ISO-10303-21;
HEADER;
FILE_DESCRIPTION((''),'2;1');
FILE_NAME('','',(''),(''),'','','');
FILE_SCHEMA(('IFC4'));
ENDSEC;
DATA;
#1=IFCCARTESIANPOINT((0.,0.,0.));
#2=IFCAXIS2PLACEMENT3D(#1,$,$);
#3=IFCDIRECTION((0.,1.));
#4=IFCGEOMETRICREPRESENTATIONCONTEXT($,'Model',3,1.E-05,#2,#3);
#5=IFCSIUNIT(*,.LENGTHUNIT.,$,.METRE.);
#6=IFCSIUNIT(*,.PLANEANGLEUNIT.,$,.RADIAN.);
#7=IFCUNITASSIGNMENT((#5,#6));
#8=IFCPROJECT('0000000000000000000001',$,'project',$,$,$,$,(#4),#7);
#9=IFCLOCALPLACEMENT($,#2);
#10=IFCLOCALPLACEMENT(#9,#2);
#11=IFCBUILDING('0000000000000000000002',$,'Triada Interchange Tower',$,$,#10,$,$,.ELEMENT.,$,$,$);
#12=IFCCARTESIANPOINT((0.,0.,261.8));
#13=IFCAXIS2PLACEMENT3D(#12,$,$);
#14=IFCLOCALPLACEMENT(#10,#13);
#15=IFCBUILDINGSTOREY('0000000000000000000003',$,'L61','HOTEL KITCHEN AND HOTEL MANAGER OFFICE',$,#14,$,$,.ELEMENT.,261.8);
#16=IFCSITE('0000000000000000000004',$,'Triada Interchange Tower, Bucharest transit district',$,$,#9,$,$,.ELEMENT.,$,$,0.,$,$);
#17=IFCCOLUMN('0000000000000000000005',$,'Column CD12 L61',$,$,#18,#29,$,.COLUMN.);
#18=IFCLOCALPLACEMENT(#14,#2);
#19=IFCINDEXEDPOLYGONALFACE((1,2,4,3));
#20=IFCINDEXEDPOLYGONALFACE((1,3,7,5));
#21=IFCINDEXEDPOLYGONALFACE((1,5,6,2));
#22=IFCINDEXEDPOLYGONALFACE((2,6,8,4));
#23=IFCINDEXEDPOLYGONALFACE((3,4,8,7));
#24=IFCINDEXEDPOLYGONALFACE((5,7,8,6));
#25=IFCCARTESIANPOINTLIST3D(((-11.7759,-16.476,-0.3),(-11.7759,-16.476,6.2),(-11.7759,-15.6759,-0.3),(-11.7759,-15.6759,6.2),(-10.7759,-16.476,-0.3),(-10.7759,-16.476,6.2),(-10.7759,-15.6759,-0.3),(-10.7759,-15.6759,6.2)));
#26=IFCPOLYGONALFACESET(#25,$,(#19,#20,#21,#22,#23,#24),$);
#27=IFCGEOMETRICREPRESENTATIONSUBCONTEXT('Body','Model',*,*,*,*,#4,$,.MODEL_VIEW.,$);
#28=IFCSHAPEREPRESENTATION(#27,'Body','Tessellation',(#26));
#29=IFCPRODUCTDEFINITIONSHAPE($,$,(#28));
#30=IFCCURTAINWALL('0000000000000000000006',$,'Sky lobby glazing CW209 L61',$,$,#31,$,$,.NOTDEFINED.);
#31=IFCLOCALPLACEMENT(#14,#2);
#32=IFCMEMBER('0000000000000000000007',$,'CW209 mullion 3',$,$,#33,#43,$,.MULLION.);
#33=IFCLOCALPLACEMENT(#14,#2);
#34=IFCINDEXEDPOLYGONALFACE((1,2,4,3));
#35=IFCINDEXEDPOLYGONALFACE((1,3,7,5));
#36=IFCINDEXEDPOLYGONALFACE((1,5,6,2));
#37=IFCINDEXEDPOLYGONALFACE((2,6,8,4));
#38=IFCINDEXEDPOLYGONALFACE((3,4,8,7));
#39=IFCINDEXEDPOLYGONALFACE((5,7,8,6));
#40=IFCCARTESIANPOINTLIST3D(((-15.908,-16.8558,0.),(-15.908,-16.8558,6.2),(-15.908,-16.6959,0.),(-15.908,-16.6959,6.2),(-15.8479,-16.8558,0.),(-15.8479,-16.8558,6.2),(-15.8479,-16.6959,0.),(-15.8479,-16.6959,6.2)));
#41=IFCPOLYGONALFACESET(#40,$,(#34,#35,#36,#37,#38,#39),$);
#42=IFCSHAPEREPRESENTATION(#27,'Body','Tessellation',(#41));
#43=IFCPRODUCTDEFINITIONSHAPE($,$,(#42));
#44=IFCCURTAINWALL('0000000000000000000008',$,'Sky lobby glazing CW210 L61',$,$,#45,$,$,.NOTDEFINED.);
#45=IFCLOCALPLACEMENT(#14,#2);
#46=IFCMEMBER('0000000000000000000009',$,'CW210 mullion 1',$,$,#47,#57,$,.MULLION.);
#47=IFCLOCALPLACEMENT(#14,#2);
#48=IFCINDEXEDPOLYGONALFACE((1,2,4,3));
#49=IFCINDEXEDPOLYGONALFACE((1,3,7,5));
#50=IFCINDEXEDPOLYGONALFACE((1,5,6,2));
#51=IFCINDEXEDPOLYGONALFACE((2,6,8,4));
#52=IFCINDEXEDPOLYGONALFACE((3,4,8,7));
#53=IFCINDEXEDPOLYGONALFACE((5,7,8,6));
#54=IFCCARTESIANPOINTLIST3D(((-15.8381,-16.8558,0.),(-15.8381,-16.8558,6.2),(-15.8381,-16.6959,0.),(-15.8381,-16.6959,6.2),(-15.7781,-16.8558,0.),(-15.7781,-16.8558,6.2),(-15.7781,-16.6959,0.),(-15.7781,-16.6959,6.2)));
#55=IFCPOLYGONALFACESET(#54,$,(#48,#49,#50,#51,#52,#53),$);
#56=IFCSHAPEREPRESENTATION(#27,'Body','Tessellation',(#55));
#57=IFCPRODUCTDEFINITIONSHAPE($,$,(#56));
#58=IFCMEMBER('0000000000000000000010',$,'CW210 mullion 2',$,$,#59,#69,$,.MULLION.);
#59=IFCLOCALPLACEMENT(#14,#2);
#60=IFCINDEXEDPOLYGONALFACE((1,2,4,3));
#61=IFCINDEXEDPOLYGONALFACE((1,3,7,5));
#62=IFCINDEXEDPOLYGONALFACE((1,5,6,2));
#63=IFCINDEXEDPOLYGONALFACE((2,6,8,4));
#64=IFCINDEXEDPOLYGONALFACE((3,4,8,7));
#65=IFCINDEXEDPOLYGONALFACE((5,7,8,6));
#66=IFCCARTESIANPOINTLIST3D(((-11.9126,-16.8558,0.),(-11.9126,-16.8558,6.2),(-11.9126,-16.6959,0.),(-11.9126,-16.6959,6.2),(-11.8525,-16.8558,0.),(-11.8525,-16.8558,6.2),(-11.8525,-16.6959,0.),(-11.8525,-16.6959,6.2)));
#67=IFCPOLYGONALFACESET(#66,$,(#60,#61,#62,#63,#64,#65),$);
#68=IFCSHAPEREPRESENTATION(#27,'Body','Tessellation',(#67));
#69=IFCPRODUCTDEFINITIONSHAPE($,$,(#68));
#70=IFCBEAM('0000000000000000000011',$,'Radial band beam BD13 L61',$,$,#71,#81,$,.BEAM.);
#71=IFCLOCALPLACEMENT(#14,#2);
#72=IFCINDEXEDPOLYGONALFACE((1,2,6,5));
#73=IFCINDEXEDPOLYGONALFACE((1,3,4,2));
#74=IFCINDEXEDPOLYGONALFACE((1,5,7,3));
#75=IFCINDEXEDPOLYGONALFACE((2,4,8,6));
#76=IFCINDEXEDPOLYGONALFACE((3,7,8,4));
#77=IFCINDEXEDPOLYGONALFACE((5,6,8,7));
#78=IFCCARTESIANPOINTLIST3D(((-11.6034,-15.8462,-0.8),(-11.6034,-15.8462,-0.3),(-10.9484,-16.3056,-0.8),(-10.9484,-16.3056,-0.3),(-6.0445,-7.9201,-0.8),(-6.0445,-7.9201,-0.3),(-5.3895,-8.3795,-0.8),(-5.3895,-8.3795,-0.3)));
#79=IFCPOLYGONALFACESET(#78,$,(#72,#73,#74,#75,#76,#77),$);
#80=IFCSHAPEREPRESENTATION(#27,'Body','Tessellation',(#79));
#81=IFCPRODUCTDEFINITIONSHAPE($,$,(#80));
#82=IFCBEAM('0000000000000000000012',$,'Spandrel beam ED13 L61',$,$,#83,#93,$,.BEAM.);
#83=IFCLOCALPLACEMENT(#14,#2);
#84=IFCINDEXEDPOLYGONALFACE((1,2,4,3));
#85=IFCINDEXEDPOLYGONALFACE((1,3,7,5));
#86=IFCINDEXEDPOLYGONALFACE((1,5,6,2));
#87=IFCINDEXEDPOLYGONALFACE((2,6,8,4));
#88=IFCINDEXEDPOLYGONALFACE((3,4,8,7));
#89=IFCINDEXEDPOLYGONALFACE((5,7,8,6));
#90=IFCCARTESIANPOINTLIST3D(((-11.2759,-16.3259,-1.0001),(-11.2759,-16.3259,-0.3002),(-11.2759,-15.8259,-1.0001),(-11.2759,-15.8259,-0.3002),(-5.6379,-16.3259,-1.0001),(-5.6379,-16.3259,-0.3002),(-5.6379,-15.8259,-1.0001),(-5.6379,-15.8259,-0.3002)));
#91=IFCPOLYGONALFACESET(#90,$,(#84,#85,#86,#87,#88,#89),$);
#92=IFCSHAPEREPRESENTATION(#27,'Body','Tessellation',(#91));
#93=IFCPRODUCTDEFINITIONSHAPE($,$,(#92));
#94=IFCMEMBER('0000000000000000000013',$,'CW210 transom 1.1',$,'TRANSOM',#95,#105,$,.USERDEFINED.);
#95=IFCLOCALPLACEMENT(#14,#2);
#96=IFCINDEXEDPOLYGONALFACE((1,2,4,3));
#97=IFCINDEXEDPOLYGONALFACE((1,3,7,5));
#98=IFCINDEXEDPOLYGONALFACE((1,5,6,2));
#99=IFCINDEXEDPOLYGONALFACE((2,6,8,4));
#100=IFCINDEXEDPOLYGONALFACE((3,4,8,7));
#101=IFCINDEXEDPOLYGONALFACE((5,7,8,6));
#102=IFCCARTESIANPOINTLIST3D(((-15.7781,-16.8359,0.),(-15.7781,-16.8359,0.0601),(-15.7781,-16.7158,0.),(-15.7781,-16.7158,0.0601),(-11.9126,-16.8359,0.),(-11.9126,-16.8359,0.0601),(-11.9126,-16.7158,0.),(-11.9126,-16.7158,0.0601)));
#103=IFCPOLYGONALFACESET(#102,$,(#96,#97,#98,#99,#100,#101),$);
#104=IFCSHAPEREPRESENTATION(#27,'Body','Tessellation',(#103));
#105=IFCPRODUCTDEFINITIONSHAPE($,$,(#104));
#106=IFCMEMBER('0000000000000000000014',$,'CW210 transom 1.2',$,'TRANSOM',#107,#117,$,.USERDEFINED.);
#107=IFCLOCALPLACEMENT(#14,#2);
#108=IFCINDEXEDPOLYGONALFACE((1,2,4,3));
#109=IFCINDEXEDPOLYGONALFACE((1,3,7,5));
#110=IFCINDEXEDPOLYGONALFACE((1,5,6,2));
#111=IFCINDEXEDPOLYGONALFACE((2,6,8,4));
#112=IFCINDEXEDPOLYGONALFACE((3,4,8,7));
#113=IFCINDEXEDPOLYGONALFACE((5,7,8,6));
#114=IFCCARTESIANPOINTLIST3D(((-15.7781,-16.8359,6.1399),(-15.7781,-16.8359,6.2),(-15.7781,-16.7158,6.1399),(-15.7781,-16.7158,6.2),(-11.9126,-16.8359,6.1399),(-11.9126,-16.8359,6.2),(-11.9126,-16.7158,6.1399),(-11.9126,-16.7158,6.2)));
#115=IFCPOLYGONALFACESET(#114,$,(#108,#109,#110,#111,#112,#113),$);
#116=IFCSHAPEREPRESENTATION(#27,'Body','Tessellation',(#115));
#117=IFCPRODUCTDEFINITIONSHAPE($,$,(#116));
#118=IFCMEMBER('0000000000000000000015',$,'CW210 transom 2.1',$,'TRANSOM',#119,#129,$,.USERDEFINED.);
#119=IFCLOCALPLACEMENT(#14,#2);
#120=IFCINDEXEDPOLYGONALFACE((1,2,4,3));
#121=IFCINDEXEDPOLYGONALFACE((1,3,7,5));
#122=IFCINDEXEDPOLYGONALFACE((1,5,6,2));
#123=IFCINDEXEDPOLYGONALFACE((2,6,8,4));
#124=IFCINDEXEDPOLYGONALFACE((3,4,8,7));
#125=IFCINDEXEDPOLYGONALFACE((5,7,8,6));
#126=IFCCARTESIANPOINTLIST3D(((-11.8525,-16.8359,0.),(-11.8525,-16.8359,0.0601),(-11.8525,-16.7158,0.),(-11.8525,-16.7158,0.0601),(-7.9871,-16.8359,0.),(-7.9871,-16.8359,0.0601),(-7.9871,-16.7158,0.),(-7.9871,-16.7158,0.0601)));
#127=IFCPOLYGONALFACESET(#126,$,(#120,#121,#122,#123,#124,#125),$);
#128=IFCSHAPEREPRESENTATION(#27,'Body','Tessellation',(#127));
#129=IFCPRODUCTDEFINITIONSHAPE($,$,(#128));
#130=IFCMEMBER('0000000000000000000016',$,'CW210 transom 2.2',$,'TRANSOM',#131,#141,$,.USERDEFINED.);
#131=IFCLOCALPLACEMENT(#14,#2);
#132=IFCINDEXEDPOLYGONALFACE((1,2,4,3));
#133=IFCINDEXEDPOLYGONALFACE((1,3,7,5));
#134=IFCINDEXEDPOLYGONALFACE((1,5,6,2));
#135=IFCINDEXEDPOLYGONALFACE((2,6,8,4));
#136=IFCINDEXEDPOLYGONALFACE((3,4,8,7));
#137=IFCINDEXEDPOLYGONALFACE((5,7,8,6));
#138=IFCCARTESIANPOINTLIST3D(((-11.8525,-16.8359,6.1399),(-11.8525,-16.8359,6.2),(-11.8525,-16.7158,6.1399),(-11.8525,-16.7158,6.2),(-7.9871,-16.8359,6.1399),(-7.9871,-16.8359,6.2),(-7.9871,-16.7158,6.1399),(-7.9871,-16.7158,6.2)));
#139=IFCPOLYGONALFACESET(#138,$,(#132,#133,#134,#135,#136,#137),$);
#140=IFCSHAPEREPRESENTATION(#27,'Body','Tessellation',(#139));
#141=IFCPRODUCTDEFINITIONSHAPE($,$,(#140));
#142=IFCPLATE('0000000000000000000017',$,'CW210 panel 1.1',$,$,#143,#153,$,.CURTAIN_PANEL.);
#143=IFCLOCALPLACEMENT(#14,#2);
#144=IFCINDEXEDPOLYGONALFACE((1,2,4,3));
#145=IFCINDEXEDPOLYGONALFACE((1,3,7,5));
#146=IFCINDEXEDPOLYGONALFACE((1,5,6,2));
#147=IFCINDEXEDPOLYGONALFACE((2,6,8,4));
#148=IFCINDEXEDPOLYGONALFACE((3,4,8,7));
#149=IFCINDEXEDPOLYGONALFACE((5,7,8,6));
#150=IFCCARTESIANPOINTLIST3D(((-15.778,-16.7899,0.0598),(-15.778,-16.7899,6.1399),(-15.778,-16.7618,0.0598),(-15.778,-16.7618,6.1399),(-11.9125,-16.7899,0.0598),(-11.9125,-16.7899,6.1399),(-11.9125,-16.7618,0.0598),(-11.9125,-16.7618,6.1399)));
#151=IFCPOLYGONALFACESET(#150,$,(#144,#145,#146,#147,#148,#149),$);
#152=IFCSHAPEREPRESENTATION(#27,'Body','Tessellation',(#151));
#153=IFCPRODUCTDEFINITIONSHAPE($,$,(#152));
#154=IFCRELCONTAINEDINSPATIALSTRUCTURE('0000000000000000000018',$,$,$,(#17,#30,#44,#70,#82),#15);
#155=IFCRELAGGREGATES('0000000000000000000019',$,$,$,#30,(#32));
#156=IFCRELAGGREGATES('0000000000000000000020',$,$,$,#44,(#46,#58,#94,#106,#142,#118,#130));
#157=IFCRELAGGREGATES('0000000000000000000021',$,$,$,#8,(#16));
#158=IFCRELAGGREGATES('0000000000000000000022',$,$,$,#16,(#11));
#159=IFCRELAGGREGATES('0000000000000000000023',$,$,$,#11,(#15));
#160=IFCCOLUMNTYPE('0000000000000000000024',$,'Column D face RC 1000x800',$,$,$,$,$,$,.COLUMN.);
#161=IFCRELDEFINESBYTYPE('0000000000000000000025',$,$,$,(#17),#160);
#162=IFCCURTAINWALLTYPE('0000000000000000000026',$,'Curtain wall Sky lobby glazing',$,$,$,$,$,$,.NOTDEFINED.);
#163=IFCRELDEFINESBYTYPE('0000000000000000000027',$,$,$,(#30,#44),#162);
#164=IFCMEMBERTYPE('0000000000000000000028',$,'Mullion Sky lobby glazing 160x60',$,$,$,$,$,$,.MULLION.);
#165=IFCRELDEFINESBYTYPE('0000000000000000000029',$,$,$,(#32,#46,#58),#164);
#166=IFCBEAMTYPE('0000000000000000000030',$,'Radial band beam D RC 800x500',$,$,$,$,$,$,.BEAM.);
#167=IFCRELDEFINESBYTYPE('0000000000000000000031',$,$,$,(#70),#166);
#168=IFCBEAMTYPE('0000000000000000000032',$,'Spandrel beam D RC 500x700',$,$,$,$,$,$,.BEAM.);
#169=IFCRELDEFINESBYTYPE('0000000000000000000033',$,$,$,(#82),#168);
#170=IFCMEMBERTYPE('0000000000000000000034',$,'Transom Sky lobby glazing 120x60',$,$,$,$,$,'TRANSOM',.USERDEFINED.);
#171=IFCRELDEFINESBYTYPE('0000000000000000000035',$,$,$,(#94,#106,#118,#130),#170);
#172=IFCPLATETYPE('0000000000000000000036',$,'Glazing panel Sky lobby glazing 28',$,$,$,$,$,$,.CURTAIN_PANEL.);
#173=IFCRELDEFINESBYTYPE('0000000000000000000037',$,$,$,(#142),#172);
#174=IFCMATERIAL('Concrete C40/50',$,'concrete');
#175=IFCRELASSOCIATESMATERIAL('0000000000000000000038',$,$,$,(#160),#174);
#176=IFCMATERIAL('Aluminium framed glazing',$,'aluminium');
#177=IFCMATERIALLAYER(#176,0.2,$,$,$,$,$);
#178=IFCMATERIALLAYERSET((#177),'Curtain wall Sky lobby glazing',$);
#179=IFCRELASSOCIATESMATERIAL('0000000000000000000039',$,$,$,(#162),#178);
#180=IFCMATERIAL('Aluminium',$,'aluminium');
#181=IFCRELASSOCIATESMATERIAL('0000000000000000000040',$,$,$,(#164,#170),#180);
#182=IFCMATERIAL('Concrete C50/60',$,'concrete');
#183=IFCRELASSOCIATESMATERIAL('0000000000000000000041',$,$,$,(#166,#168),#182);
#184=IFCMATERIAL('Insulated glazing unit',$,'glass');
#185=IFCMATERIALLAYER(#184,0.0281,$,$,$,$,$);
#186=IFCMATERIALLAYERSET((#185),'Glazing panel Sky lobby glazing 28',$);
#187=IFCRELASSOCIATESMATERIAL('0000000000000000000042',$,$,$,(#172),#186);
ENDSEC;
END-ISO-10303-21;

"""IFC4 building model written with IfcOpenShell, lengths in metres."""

from ifc_helpers import new_model, si_unit, direction, frame, origin, origin_2d, place, context, subcontext, project, spatial, rectangle, extrude, material, layer, layer_set, material_profile, profile_set, type_object, element, aggregate, save


model = new_model("IFC4")

# Units and contexts
model_context = context("Model", 3, precision=1e-05, world=origin(), true_north=direction((0.0, 1.0)))
body_context = subcontext(model_context, "Body", "Model", "MODEL_VIEW")
ifc_project = project(units=[si_unit("LENGTHUNIT", "METRE"), si_unit("PLANEANGLEUNIT", "RADIAN")], contexts=[model_context])

# Site, building, storey
site_placement = place(None, origin())
site = spatial("IfcSite", under=ifc_project, at=site_placement, Name="Triada Interchange Tower, Bucharest transit district", CompositionType="ELEMENT", RefElevation=0.0)
building_placement = place(site_placement, origin())
building = spatial("IfcBuilding", under=site, at=building_placement, Name="Triada Interchange Tower", CompositionType="ELEMENT")
storey_placement = place(building_placement, frame((0.0, 0.0, 261.8)))
storey = spatial("IfcBuildingStorey", under=building, at=storey_placement, Name="L61", Description="HOTEL KITCHEN AND HOTEL MANAGER OFFICE", CompositionType="ELEMENT", Elevation=261.8)

# Column
ifc_material_1 = material(Name="Concrete C40/50", Category="concrete")
ifc_material_profile_1 = material_profile(ifc_material_1, rectangle(XDim=1.0, YDim=0.8, at=origin_2d()), Name="RC 1000x800")
ifc_profile_set_1 = profile_set([ifc_material_profile_1], Name="Concrete C40/50")
column_type = type_object("IfcColumnType", Name="Column D face RC 1000x800", PredefinedType="COLUMN", material=ifc_profile_set_1)
column_placement = place(storey_placement, frame((-11.2759, -16.0759, -0.3), z_axis=(0.0, 0.0, 1.0), x_axis=(1.0, 0.0, 0.0)))
element("IfcColumn", 1, at=column_placement, inside=storey, type_object=column_type, Name="Column CD12 L61", PredefinedType="COLUMN", context=body_context, shape_type="SweptSolid", body=[
    extrude(rectangle(XDim=1.0, YDim=0.8, at=origin_2d()), origin(), (0.0, 0.0, 1.0), 6.5),
])

# Curtain wall, member
ifc_material_2 = material(Name="Aluminium framed glazing", Category="aluminium")
ifc_layer_1 = layer(ifc_material_2, 0.2)
ifc_layer_set_1 = layer_set([ifc_layer_1], Name="Curtain wall Sky lobby glazing")
curtain_wall_type = type_object("IfcCurtainWallType", Name="Curtain wall Sky lobby glazing", PredefinedType="NOTDEFINED", material=ifc_layer_set_1)
curtain_wall_1_placement = place(storey_placement, origin())
curtain_wall_1 = element("IfcCurtainWall", 2, at=curtain_wall_1_placement, inside=storey, type_object=curtain_wall_type, Name="Sky lobby glazing CW209 L61", PredefinedType="NOTDEFINED")
ifc_material_3 = material(Name="Aluminium", Category="aluminium")
ifc_material_profile_2 = material_profile(ifc_material_3, rectangle(XDim=0.1599, YDim=0.0601, at=origin_2d()), Name="Aluminium mullion")
ifc_profile_set_2 = profile_set([ifc_material_profile_2], Name="Aluminium")
member_type_1 = type_object("IfcMemberType", Name="Mullion Sky lobby glazing 160x60", PredefinedType="MULLION", material=ifc_profile_set_2)
member_1_placement = place(storey_placement, frame((-15.8779, -16.7759, 0.0), z_axis=(0.0, 0.0, 1.0), x_axis=(0.0, 1.0, 0.0)))
member_1 = element("IfcMember", 3, at=member_1_placement, type_object=member_type_1, Name="CW209 mullion 3", PredefinedType="MULLION", context=body_context, shape_type="SweptSolid", body=[
    extrude(rectangle(XDim=0.1599, YDim=0.0601, at=origin_2d()), origin(), (0.0, 0.0, 1.0), 6.2),
])
aggregate(curtain_wall_1, [member_1])

# Curtain wall, members
curtain_wall_2_placement = place(storey_placement, origin())
curtain_wall_2 = element("IfcCurtainWall", 4, at=curtain_wall_2_placement, inside=storey, type_object=curtain_wall_type, Name="Sky lobby glazing CW210 L61", PredefinedType="NOTDEFINED")
member_2_placement = place(storey_placement, frame((-15.8081, -16.7759, 0.0), z_axis=(0.0, 0.0, 1.0), x_axis=(0.0, 1.0, 0.0)))
member_2 = element("IfcMember", 5, at=member_2_placement, type_object=member_type_1, Name="CW210 mullion 1", PredefinedType="MULLION", context=body_context, shape_type="SweptSolid", body=[
    extrude(rectangle(XDim=0.1599, YDim=0.0601, at=origin_2d()), origin(), (0.0, 0.0, 1.0), 6.2),
])
member_3_placement = place(storey_placement, frame((-11.8826, -16.7759, 0.0), z_axis=(0.0, 0.0, 1.0), x_axis=(0.0, 1.0, 0.0)))
member_3 = element("IfcMember", 6, at=member_3_placement, type_object=member_type_1, Name="CW210 mullion 2", PredefinedType="MULLION", context=body_context, shape_type="SweptSolid", body=[
    extrude(rectangle(XDim=0.1599, YDim=0.0601, at=origin_2d()), origin(), (0.0, 0.0, 1.0), 6.2),
])

# Beams
ifc_material_4 = material(Name="Concrete C50/60", Category="concrete")
ifc_material_profile_3 = material_profile(ifc_material_4, rectangle(XDim=0.8, YDim=0.5, at=origin_2d()), Name="RC 800x500")
ifc_profile_set_3 = profile_set([ifc_material_profile_3], Name="Concrete C50/60")
beam_type_1 = type_object("IfcBeamType", Name="Radial band beam D RC 800x500", PredefinedType="BEAM", material=ifc_profile_set_3)
beam_1_placement = place(storey_placement, frame((-11.2759, -16.0759, -0.55), z_axis=(0.574198, 0.818716, 0.0), x_axis=(-0.818716, 0.574198, 0.0)))
element("IfcBeam", 7, at=beam_1_placement, inside=storey, type_object=beam_type_1, Name="Radial band beam BD13 L61", PredefinedType="BEAM", context=body_context, shape_type="SweptSolid", body=[
    extrude(rectangle(XDim=0.8, YDim=0.5, at=origin_2d()), origin(), (0.0, 0.0, 1.0), 9.6812),
])
ifc_material_profile_4 = material_profile(ifc_material_4, rectangle(XDim=0.5, YDim=0.7, at=origin_2d()), Name="RC 500x700")
ifc_profile_set_4 = profile_set([ifc_material_profile_4], Name="Concrete C50/60")
beam_type_2 = type_object("IfcBeamType", Name="Spandrel beam D RC 500x700", PredefinedType="BEAM", material=ifc_profile_set_4)
beam_2_placement = place(storey_placement, frame((-11.2759, -16.0759, -0.6501), z_axis=(1.0, 0.0, 0.0), x_axis=(0.0, 1.0, 0.0)))
element("IfcBeam", 8, at=beam_2_placement, inside=storey, type_object=beam_type_2, Name="Spandrel beam ED13 L61", PredefinedType="BEAM", context=body_context, shape_type="SweptSolid", body=[
    extrude(rectangle(XDim=0.5, YDim=0.7, at=origin_2d()), origin(), (0.0, 0.0, 1.0), 5.6379),
])

# Members
ifc_material_profile_5 = material_profile(ifc_material_3, rectangle(XDim=0.1201, YDim=0.0601, at=origin_2d()), Name="Aluminium transom")
ifc_profile_set_5 = profile_set([ifc_material_profile_5], Name="Aluminium")
member_type_2 = type_object("IfcMemberType", Name="Transom Sky lobby glazing 120x60", ElementType="TRANSOM", PredefinedType="USERDEFINED", material=ifc_profile_set_5)
member_4_placement = place(storey_placement, frame((-15.7781, -16.7759, 0.03), z_axis=(1.0, 0.0, 0.0), x_axis=(0.0, 1.0, 0.0)))
member_4 = element("IfcMember", 9, at=member_4_placement, type_object=member_type_2, Name="CW210 transom 1.1", ObjectType="TRANSOM", PredefinedType="USERDEFINED", context=body_context, shape_type="SweptSolid", body=[
    extrude(rectangle(XDim=0.1201, YDim=0.0601, at=origin_2d()), origin(), (0.0, 0.0, 1.0), 3.8655),
])
member_5_placement = place(storey_placement, frame((-15.7781, -16.7759, 6.1699), z_axis=(1.0, 0.0, 0.0), x_axis=(0.0, 1.0, 0.0)))
member_5 = element("IfcMember", 10, at=member_5_placement, type_object=member_type_2, Name="CW210 transom 1.2", ObjectType="TRANSOM", PredefinedType="USERDEFINED", context=body_context, shape_type="SweptSolid", body=[
    extrude(rectangle(XDim=0.1201, YDim=0.0601, at=origin_2d()), origin(), (0.0, 0.0, 1.0), 3.8655),
])
member_6_placement = place(storey_placement, frame((-11.8525, -16.7759, 0.03), z_axis=(1.0, 0.0, 0.0), x_axis=(0.0, 1.0, 0.0)))
member_6 = element("IfcMember", 11, at=member_6_placement, type_object=member_type_2, Name="CW210 transom 2.1", ObjectType="TRANSOM", PredefinedType="USERDEFINED", context=body_context, shape_type="SweptSolid", body=[
    extrude(rectangle(XDim=0.1201, YDim=0.0601, at=origin_2d()), origin(), (0.0, 0.0, 1.0), 3.8655),
])
member_7_placement = place(storey_placement, frame((-11.8525, -16.7759, 6.1699), z_axis=(1.0, 0.0, 0.0), x_axis=(0.0, 1.0, 0.0)))
member_7 = element("IfcMember", 12, at=member_7_placement, type_object=member_type_2, Name="CW210 transom 2.2", ObjectType="TRANSOM", PredefinedType="USERDEFINED", context=body_context, shape_type="SweptSolid", body=[
    extrude(rectangle(XDim=0.1201, YDim=0.0601, at=origin_2d()), origin(), (0.0, 0.0, 1.0), 3.8655),
])

# Plate
ifc_material_5 = material(Name="Insulated glazing unit", Category="glass")
ifc_layer_2 = layer(ifc_material_5, 0.0281)
ifc_layer_set_2 = layer_set([ifc_layer_2], Name="Glazing panel Sky lobby glazing 28")
plate_type = type_object("IfcPlateType", Name="Glazing panel Sky lobby glazing 28", PredefinedType="CURTAIN_PANEL", material=ifc_layer_set_2)
plate_placement = place(storey_placement, frame((-13.8452, -16.7759, 0.0598), z_axis=(0.0, 0.0, 1.0), x_axis=(1.0, 0.0, 0.0)))
plate = element("IfcPlate", 13, at=plate_placement, type_object=plate_type, Name="CW210 panel 1.1", PredefinedType="CURTAIN_PANEL", context=body_context, shape_type="SweptSolid", body=[
    extrude(rectangle(XDim=3.8655, YDim=0.0281, at=origin_2d()), origin(), (0.0, 0.0, 1.0), 6.0801),
])
aggregate(curtain_wall_2, [member_2, member_3, member_4, member_5, plate, member_6, member_7])

save(model, "model.ifc")
